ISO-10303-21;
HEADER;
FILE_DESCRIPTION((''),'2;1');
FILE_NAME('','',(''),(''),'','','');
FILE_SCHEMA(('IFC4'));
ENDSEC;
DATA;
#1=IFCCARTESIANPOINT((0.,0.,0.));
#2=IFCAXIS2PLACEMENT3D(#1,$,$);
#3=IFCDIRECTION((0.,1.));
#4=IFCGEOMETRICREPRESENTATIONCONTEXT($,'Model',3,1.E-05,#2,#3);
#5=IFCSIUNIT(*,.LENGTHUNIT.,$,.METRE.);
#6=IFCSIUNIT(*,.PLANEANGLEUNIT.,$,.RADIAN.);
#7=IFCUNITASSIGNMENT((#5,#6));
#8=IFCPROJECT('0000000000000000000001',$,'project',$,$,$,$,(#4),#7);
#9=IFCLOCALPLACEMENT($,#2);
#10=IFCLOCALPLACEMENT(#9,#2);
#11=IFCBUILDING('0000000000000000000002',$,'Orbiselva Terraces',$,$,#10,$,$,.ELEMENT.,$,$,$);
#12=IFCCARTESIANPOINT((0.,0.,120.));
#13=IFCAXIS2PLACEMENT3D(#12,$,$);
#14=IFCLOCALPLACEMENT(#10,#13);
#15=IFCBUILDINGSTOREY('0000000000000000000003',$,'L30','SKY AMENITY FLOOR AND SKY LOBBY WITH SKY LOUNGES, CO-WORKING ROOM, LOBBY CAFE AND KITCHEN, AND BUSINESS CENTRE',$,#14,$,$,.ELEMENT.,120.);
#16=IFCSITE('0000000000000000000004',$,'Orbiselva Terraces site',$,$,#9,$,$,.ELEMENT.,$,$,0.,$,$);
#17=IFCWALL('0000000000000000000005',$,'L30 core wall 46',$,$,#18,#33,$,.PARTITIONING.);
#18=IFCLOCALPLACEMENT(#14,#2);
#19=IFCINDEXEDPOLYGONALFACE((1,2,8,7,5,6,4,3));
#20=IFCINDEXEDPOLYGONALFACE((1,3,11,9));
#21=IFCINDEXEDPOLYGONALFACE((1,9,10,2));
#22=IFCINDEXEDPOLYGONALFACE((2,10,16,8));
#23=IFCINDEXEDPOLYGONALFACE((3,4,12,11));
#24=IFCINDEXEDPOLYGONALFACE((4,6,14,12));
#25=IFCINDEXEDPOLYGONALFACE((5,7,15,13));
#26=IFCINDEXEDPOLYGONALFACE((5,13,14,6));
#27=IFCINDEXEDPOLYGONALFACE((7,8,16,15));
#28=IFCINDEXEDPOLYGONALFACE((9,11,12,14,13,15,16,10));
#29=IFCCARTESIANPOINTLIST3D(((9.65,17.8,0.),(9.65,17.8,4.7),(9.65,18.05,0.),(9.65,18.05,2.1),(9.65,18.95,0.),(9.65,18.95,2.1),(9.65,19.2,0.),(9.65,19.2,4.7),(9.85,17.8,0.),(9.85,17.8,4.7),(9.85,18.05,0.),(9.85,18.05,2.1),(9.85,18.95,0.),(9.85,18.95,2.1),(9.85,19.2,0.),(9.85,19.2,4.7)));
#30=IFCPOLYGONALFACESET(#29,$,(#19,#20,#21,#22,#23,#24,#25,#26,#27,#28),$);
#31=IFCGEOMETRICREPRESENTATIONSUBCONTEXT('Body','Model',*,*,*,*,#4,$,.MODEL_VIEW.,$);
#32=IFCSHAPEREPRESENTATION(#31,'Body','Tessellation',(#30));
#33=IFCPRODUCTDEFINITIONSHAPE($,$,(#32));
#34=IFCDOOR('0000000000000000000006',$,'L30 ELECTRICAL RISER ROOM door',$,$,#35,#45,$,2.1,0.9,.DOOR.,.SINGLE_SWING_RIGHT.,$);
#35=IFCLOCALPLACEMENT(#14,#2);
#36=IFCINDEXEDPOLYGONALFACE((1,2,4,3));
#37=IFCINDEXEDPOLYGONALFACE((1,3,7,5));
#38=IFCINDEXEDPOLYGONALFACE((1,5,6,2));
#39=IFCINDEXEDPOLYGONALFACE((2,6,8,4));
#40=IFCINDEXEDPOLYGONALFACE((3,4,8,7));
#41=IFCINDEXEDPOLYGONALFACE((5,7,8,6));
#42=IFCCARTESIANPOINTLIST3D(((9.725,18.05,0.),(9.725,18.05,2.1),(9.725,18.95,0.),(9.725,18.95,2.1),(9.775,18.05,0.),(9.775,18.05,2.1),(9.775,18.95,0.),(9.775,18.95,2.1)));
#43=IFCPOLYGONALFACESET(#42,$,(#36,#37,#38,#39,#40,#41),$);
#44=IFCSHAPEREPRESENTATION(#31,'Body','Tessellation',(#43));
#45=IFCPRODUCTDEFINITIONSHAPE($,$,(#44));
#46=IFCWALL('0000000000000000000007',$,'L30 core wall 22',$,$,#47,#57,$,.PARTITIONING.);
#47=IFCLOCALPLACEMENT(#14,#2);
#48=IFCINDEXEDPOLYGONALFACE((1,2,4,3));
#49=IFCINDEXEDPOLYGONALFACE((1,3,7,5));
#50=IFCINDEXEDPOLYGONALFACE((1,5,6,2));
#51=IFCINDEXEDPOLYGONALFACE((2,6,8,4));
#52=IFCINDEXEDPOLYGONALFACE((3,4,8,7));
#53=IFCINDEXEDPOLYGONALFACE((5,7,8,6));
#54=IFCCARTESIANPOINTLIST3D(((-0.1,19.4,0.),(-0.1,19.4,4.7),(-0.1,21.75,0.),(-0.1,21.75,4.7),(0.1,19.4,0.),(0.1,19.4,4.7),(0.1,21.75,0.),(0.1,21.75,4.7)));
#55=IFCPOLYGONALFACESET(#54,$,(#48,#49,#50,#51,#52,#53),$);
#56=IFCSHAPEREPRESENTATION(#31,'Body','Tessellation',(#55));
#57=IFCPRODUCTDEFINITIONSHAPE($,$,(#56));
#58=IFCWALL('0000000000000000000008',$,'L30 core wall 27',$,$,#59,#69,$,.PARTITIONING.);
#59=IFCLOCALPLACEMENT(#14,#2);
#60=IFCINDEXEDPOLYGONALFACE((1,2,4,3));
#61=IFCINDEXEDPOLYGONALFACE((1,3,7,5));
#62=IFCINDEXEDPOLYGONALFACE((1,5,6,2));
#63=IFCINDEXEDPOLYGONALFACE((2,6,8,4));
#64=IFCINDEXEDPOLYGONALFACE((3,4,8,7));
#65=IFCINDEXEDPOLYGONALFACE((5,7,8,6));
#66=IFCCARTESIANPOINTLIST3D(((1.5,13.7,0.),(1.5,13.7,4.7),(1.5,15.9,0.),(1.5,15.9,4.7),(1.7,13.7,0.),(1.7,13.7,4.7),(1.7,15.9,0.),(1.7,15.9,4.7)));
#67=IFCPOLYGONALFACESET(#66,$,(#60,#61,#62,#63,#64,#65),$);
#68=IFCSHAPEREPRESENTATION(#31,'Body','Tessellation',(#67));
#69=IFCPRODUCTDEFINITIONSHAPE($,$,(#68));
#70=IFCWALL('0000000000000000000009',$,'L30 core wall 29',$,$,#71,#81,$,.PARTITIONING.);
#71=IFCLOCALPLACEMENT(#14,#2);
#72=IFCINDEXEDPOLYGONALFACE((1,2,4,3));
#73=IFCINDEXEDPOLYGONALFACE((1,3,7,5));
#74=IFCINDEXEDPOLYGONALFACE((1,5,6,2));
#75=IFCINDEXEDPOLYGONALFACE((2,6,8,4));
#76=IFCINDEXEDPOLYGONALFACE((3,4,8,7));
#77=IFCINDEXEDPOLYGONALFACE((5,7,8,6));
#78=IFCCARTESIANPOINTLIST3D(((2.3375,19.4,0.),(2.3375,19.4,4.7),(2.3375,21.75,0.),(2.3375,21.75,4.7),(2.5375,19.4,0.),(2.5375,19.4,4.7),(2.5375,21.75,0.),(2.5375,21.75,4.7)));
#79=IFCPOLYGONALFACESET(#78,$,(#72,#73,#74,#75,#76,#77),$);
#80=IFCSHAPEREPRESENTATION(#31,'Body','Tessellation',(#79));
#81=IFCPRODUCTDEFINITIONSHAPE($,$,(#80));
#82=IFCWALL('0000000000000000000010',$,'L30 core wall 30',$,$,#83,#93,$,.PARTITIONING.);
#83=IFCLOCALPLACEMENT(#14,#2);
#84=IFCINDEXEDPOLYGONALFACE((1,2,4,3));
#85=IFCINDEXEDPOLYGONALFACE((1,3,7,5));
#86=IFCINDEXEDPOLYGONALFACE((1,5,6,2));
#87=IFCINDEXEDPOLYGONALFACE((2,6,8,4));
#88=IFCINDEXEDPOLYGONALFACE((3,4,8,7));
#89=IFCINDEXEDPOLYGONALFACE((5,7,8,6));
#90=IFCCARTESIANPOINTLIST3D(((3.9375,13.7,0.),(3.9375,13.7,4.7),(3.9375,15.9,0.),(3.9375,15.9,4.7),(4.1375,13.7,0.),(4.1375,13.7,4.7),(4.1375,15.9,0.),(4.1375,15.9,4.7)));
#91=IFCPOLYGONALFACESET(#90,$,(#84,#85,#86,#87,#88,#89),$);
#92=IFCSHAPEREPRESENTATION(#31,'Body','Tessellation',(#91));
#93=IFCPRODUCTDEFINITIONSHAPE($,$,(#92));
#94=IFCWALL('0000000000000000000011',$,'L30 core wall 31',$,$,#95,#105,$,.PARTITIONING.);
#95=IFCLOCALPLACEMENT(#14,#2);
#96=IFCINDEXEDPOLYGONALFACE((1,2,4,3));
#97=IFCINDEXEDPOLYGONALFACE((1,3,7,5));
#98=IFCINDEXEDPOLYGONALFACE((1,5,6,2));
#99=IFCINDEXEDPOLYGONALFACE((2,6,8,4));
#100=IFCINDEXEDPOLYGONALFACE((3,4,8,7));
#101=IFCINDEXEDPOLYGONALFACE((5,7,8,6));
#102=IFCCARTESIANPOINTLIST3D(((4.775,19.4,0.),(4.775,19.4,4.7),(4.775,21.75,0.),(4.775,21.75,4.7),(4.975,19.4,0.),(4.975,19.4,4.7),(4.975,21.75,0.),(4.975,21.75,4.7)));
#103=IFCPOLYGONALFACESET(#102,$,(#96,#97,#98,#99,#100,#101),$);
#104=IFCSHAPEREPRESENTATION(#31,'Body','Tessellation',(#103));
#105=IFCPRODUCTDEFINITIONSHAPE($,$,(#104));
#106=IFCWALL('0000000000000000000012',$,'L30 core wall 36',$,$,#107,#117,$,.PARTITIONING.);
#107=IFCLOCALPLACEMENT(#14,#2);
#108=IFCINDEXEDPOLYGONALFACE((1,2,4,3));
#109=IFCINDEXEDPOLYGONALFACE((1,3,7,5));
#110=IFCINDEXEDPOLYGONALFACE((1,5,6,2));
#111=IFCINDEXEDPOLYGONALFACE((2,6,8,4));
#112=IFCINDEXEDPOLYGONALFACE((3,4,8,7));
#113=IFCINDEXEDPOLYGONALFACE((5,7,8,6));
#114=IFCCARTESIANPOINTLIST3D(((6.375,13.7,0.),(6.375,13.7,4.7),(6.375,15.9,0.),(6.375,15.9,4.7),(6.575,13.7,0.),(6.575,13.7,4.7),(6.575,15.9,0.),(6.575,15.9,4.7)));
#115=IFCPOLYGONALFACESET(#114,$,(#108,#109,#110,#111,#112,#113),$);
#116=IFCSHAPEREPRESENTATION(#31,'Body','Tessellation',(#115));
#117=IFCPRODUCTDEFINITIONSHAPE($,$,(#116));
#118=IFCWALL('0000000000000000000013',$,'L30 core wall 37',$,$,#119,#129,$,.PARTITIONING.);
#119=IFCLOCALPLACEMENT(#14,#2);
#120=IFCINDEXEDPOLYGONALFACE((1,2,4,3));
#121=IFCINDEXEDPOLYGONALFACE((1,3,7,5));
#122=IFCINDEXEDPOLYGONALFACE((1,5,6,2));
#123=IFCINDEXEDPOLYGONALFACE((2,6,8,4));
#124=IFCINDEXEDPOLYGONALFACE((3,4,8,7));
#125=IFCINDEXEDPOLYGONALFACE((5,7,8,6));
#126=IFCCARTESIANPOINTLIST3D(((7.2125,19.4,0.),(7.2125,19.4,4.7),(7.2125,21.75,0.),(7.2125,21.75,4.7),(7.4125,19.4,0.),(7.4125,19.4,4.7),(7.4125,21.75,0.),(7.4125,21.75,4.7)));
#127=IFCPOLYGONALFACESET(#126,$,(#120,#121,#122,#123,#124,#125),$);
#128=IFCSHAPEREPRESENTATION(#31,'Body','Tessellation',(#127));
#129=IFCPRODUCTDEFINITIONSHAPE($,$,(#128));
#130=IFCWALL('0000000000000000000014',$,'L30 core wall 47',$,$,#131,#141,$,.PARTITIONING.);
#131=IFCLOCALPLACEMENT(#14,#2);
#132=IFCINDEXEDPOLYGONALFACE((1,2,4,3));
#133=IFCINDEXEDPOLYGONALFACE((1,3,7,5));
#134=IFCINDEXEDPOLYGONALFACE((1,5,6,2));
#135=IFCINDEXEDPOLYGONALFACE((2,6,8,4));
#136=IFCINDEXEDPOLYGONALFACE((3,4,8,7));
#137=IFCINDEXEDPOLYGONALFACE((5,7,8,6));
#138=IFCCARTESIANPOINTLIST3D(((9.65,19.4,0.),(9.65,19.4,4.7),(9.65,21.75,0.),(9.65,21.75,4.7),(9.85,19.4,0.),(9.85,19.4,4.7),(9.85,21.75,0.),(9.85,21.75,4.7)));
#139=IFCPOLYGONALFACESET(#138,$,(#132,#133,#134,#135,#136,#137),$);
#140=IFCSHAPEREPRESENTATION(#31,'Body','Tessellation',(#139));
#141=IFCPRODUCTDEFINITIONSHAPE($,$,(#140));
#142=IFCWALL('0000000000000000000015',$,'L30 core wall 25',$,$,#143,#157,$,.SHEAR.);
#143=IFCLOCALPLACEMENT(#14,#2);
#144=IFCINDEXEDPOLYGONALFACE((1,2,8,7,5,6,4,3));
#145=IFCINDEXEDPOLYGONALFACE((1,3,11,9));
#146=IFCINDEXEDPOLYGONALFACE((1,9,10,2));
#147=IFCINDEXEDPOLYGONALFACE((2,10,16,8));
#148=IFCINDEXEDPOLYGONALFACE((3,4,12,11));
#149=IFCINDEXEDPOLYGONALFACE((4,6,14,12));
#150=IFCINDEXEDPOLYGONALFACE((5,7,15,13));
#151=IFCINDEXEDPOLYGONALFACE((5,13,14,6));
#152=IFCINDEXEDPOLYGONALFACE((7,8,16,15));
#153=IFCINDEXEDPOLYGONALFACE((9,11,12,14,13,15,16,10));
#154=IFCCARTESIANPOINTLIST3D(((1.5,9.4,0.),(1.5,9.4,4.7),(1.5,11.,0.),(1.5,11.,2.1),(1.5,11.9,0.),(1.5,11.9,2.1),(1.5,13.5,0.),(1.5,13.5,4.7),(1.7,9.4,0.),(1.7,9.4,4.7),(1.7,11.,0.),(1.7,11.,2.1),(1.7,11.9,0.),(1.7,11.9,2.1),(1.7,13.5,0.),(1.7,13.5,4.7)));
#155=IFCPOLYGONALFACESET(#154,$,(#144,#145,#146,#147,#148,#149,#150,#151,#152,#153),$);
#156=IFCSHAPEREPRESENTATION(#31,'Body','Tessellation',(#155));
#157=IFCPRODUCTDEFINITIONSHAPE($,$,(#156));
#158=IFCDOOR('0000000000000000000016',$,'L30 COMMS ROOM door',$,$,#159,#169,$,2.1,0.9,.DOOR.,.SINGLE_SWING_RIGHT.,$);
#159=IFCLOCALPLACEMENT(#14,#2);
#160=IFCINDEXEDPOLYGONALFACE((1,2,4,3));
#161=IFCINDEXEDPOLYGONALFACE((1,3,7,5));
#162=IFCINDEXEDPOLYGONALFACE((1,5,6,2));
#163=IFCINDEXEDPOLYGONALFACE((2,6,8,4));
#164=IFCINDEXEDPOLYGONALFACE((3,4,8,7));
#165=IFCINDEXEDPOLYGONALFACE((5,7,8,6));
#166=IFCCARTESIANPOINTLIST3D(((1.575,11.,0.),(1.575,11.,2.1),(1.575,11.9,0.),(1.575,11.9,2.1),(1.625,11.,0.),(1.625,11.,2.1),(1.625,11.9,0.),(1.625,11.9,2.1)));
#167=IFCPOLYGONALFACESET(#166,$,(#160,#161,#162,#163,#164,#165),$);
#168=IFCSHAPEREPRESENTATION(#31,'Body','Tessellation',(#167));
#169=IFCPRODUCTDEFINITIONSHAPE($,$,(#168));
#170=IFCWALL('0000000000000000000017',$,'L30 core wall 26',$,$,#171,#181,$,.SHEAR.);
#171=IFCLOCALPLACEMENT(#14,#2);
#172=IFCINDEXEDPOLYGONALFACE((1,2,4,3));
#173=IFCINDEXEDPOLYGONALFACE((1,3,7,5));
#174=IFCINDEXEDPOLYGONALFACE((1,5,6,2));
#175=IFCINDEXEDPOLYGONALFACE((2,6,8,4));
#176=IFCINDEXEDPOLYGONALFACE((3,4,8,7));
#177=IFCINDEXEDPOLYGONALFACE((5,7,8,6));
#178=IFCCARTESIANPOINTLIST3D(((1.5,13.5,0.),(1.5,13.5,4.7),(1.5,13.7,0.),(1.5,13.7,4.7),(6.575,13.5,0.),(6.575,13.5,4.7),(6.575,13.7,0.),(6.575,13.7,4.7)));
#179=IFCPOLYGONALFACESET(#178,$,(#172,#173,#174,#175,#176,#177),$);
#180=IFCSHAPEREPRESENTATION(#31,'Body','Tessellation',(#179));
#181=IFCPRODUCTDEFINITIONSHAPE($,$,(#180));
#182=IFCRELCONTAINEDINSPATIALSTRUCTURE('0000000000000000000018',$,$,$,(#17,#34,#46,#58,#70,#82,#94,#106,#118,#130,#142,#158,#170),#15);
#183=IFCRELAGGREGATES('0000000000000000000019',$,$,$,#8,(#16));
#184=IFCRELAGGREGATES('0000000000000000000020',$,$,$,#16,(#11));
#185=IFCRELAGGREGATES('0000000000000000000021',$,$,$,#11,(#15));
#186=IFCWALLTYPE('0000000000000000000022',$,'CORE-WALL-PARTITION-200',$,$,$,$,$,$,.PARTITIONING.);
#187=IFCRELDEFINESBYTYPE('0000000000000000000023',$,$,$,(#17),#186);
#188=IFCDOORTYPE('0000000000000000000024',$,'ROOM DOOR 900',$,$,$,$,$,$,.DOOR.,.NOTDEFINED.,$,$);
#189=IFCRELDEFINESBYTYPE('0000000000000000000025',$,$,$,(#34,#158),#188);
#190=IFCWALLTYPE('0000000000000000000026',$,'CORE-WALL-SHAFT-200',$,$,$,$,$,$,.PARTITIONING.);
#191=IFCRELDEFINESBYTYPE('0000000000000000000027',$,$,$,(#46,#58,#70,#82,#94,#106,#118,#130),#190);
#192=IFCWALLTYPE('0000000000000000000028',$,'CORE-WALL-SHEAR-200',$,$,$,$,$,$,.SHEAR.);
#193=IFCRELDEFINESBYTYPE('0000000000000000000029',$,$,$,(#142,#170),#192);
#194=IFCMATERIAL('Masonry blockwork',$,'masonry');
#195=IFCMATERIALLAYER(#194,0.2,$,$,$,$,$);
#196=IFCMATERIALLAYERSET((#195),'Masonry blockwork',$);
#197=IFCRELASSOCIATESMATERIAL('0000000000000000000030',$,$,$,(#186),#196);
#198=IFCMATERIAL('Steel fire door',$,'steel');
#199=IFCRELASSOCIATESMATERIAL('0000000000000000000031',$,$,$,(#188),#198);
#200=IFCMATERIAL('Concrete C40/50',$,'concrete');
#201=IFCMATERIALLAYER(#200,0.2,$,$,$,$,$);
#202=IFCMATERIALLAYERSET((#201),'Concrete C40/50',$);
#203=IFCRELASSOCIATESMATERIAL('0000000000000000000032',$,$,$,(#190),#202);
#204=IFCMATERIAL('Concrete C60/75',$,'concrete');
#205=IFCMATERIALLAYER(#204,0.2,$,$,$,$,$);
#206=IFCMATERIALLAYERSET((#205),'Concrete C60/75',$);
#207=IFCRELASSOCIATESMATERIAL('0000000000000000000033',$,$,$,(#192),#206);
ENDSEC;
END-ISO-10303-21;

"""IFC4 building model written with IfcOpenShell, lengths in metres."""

from ifc_helpers import new_model, si_unit, direction, frame, frame_2d, origin, place, context, subcontext, project, spatial, rectangle, extrude, material, layer, layer_set, type_object, element, fill, save


model = new_model("IFC4")

# Units and contexts
model_context = context("Model", 3, precision=1e-05, world=origin(), true_north=direction((0.0, 1.0)))
body_context = subcontext(model_context, "Body", "Model", "MODEL_VIEW")
ifc_project = project(units=[si_unit("LENGTHUNIT", "METRE"), si_unit("PLANEANGLEUNIT", "RADIAN")], contexts=[model_context])

# Site, building, storey
site_placement = place(None, origin())
site = spatial("IfcSite", under=ifc_project, at=site_placement, Name="Orbiselva Terraces site", CompositionType="ELEMENT", RefElevation=0.0)
building_placement = place(site_placement, origin())
building = spatial("IfcBuilding", under=site, at=building_placement, Name="Orbiselva Terraces", CompositionType="ELEMENT")
storey_placement = place(building_placement, frame((0.0, 0.0, 120.0)))
storey = spatial("IfcBuildingStorey", under=building, at=storey_placement, Name="L30", Description="SKY AMENITY FLOOR AND SKY LOBBY WITH SKY LOUNGES, CO-WORKING ROOM, LOBBY CAFE AND KITCHEN, AND BUSINESS CENTRE", CompositionType="ELEMENT", Elevation=120.0)

# Wall, opening, door
ifc_material_1 = material(Name="Masonry blockwork", Category="masonry")
ifc_layer_1 = layer(ifc_material_1, 0.2)
ifc_layer_set_1 = layer_set([ifc_layer_1], Name="Masonry blockwork")
wall_type_1 = type_object("IfcWallType", Name="CORE-WALL-PARTITION-200", PredefinedType="PARTITIONING", material=ifc_layer_set_1)
wall_1_placement = place(storey_placement, frame((9.75, 19.2, 0.0), z_axis=(0.0, 0.0, 1.0), x_axis=(0.0, -1.0, 0.0)))
wall_1 = element("IfcWall", 1, at=wall_1_placement, inside=storey, type_object=wall_type_1, Name="L30 core wall 46", PredefinedType="PARTITIONING", context=body_context, shape_type="SweptSolid", body=[
    extrude(rectangle(XDim=1.4, YDim=0.2, at=frame_2d((0.7, 0.0))), origin(), (0.0, 0.0, 1.0), 4.7),
])
opening_1_placement = place(wall_1_placement, frame((0.25, 0.0, 0.0)))
opening_1 = element("IfcOpeningElement", 2, at=opening_1_placement, cuts=wall_1, PredefinedType="OPENING", context=body_context, shape_type="SweptSolid", body=[
    extrude(rectangle(XDim=0.9, YDim=2.1, at=frame_2d((0.45, 1.05))), frame((0.0, 0.11, 0.0), z_axis=(0.0, -1.0, 0.0), x_axis=(1.0, 0.0, 0.0)), (0.0, 0.0, 1.0), 0.22),
])
ifc_material_2 = material(Name="Steel fire door", Category="steel")
door_type_1 = type_object("IfcDoorType", Name="ROOM DOOR 900", OperationType="NOTDEFINED", PredefinedType="DOOR", material=ifc_material_2)
door_1_placement = place(opening_1_placement, origin())
door_1 = element("IfcDoor", 3, at=door_1_placement, inside=storey, type_object=door_type_1, Name="L30 ELECTRICAL RISER ROOM door", OperationType="SINGLE_SWING_RIGHT", OverallHeight=2.1, OverallWidth=0.9, PredefinedType="DOOR", context=body_context, shape_type="SweptSolid", body=[
    extrude(rectangle(XDim=0.9, YDim=2.1, at=frame_2d((0.45, 1.05))), frame((0.0, 0.025, 0.0), z_axis=(0.0, -1.0, 0.0), x_axis=(1.0, 0.0, 0.0)), (0.0, 0.0, 1.0), 0.05),
])
fill(opening_1, door_1)

# Walls
ifc_material_3 = material(Name="Concrete C40/50", Category="concrete")
ifc_layer_2 = layer(ifc_material_3, 0.2)
ifc_layer_set_2 = layer_set([ifc_layer_2], Name="Concrete C40/50")
wall_type_2 = type_object("IfcWallType", Name="CORE-WALL-SHAFT-200", PredefinedType="PARTITIONING", material=ifc_layer_set_2)
wall_2_placement = place(storey_placement, frame((0.0, 19.4, 0.0), z_axis=(0.0, 0.0, 1.0), x_axis=(0.0, 1.0, 0.0)))
element("IfcWall", 4, at=wall_2_placement, inside=storey, type_object=wall_type_2, Name="L30 core wall 22", PredefinedType="PARTITIONING", context=body_context, shape_type="SweptSolid", body=[
    extrude(rectangle(XDim=2.35, YDim=0.2, at=frame_2d((1.175, 0.0))), origin(), (0.0, 0.0, 1.0), 4.7),
])
wall_3_placement = place(storey_placement, frame((1.6, 13.7, 0.0), z_axis=(0.0, 0.0, 1.0), x_axis=(0.0, 1.0, 0.0)))
element("IfcWall", 5, at=wall_3_placement, inside=storey, type_object=wall_type_2, Name="L30 core wall 27", PredefinedType="PARTITIONING", context=body_context, shape_type="SweptSolid", body=[
    extrude(rectangle(XDim=2.2, YDim=0.2, at=frame_2d((1.1, 0.0))), origin(), (0.0, 0.0, 1.0), 4.7),
])
wall_4_placement = place(storey_placement, frame((2.4375, 19.4, 0.0), z_axis=(0.0, 0.0, 1.0), x_axis=(0.0, 1.0, 0.0)))
element("IfcWall", 6, at=wall_4_placement, inside=storey, type_object=wall_type_2, Name="L30 core wall 29", PredefinedType="PARTITIONING", context=body_context, shape_type="SweptSolid", body=[
    extrude(rectangle(XDim=2.35, YDim=0.2, at=frame_2d((1.175, 0.0))), origin(), (0.0, 0.0, 1.0), 4.7),
])
wall_5_placement = place(storey_placement, frame((4.0375, 13.7, 0.0), z_axis=(0.0, 0.0, 1.0), x_axis=(0.0, 1.0, 0.0)))
element("IfcWall", 7, at=wall_5_placement, inside=storey, type_object=wall_type_2, Name="L30 core wall 30", PredefinedType="PARTITIONING", context=body_context, shape_type="SweptSolid", body=[
    extrude(rectangle(XDim=2.2, YDim=0.2, at=frame_2d((1.1, 0.0))), origin(), (0.0, 0.0, 1.0), 4.7),
])
wall_6_placement = place(storey_placement, frame((4.875, 19.4, 0.0), z_axis=(0.0, 0.0, 1.0), x_axis=(0.0, 1.0, 0.0)))
element("IfcWall", 8, at=wall_6_placement, inside=storey, type_object=wall_type_2, Name="L30 core wall 31", PredefinedType="PARTITIONING", context=body_context, shape_type="SweptSolid", body=[
    extrude(rectangle(XDim=2.35, YDim=0.2, at=frame_2d((1.175, 0.0))), origin(), (0.0, 0.0, 1.0), 4.7),
])
wall_7_placement = place(storey_placement, frame((6.475, 13.7, 0.0), z_axis=(0.0, 0.0, 1.0), x_axis=(0.0, 1.0, 0.0)))
element("IfcWall", 9, at=wall_7_placement, inside=storey, type_object=wall_type_2, Name="L30 core wall 36", PredefinedType="PARTITIONING", context=body_context, shape_type="SweptSolid", body=[
    extrude(rectangle(XDim=2.2, YDim=0.2, at=frame_2d((1.1, 0.0))), origin(), (0.0, 0.0, 1.0), 4.7),
])
for number, where, z_axis, x_axis, name in (
    (10, (7.3125, 19.4, 0.0), (0.0, 0.0, 1.0), (0.0, 1.0, 0.0), "L30 core wall 37"),
    (11, (9.75, 19.4, 0.0), (0.0, 0.0, 1.0), (0.0, 1.0, 0.0), "L30 core wall 47"),
):
    element("IfcWall", number, at=place(storey_placement, frame(where, z_axis=z_axis, x_axis=x_axis)), inside=storey, type_object=wall_type_2, Name=name, PredefinedType="PARTITIONING", context=body_context, shape_type="SweptSolid", body=[
        extrude(rectangle(XDim=2.35, YDim=0.2, at=frame_2d((1.175, 0.0))), origin(), (0.0, 0.0, 1.0), 4.7),
    ])

# Wall, opening, door
ifc_material_4 = material(Name="Concrete C60/75", Category="concrete")
ifc_layer_3 = layer(ifc_material_4, 0.2)
ifc_layer_set_3 = layer_set([ifc_layer_3], Name="Concrete C60/75")
wall_type_3 = type_object("IfcWallType", Name="CORE-WALL-SHEAR-200", PredefinedType="SHEAR", material=ifc_layer_set_3)
wall_8_placement = place(storey_placement, frame((1.6, 13.5, 0.0), z_axis=(0.0, 0.0, 1.0), x_axis=(0.0, -1.0, 0.0)))
wall_8 = element("IfcWall", 12, at=wall_8_placement, inside=storey, type_object=wall_type_3, Name="L30 core wall 25", PredefinedType="SHEAR", context=body_context, shape_type="SweptSolid", body=[
    extrude(rectangle(XDim=4.1, YDim=0.2, at=frame_2d((2.05, 0.0))), origin(), (0.0, 0.0, 1.0), 4.7),
])
opening_2_placement = place(wall_8_placement, frame((1.6, 0.0, 0.0)))
opening_2 = element("IfcOpeningElement", 13, at=opening_2_placement, cuts=wall_8, PredefinedType="OPENING", context=body_context, shape_type="SweptSolid", body=[
    extrude(rectangle(XDim=0.9, YDim=2.1, at=frame_2d((0.45, 1.05))), frame((0.0, 0.11, 0.0), z_axis=(0.0, -1.0, 0.0), x_axis=(1.0, 0.0, 0.0)), (0.0, 0.0, 1.0), 0.22),
])
door_2_placement = place(opening_2_placement, origin())
door_2 = element("IfcDoor", 14, at=door_2_placement, inside=storey, type_object=door_type_1, Name="L30 COMMS ROOM door", OperationType="SINGLE_SWING_RIGHT", OverallHeight=2.1, OverallWidth=0.9, PredefinedType="DOOR", context=body_context, shape_type="SweptSolid", body=[
    extrude(rectangle(XDim=0.9, YDim=2.1, at=frame_2d((0.45, 1.05))), frame((0.0, 0.025, 0.0), z_axis=(0.0, -1.0, 0.0), x_axis=(1.0, 0.0, 0.0)), (0.0, 0.0, 1.0), 0.05),
])
fill(opening_2, door_2)

# Wall
wall_9_placement = place(storey_placement, frame((1.5, 13.6, 0.0), z_axis=(0.0, 0.0, 1.0), x_axis=(1.0, 0.0, 0.0)))
element("IfcWall", 15, at=wall_9_placement, inside=storey, type_object=wall_type_3, Name="L30 core wall 26", PredefinedType="SHEAR", context=body_context, shape_type="SweptSolid", body=[
    extrude(rectangle(XDim=5.075, YDim=0.2, at=frame_2d((2.5375, 0.0))), origin(), (0.0, 0.0, 1.0), 4.7),
])

save(model, "model.ifc")
